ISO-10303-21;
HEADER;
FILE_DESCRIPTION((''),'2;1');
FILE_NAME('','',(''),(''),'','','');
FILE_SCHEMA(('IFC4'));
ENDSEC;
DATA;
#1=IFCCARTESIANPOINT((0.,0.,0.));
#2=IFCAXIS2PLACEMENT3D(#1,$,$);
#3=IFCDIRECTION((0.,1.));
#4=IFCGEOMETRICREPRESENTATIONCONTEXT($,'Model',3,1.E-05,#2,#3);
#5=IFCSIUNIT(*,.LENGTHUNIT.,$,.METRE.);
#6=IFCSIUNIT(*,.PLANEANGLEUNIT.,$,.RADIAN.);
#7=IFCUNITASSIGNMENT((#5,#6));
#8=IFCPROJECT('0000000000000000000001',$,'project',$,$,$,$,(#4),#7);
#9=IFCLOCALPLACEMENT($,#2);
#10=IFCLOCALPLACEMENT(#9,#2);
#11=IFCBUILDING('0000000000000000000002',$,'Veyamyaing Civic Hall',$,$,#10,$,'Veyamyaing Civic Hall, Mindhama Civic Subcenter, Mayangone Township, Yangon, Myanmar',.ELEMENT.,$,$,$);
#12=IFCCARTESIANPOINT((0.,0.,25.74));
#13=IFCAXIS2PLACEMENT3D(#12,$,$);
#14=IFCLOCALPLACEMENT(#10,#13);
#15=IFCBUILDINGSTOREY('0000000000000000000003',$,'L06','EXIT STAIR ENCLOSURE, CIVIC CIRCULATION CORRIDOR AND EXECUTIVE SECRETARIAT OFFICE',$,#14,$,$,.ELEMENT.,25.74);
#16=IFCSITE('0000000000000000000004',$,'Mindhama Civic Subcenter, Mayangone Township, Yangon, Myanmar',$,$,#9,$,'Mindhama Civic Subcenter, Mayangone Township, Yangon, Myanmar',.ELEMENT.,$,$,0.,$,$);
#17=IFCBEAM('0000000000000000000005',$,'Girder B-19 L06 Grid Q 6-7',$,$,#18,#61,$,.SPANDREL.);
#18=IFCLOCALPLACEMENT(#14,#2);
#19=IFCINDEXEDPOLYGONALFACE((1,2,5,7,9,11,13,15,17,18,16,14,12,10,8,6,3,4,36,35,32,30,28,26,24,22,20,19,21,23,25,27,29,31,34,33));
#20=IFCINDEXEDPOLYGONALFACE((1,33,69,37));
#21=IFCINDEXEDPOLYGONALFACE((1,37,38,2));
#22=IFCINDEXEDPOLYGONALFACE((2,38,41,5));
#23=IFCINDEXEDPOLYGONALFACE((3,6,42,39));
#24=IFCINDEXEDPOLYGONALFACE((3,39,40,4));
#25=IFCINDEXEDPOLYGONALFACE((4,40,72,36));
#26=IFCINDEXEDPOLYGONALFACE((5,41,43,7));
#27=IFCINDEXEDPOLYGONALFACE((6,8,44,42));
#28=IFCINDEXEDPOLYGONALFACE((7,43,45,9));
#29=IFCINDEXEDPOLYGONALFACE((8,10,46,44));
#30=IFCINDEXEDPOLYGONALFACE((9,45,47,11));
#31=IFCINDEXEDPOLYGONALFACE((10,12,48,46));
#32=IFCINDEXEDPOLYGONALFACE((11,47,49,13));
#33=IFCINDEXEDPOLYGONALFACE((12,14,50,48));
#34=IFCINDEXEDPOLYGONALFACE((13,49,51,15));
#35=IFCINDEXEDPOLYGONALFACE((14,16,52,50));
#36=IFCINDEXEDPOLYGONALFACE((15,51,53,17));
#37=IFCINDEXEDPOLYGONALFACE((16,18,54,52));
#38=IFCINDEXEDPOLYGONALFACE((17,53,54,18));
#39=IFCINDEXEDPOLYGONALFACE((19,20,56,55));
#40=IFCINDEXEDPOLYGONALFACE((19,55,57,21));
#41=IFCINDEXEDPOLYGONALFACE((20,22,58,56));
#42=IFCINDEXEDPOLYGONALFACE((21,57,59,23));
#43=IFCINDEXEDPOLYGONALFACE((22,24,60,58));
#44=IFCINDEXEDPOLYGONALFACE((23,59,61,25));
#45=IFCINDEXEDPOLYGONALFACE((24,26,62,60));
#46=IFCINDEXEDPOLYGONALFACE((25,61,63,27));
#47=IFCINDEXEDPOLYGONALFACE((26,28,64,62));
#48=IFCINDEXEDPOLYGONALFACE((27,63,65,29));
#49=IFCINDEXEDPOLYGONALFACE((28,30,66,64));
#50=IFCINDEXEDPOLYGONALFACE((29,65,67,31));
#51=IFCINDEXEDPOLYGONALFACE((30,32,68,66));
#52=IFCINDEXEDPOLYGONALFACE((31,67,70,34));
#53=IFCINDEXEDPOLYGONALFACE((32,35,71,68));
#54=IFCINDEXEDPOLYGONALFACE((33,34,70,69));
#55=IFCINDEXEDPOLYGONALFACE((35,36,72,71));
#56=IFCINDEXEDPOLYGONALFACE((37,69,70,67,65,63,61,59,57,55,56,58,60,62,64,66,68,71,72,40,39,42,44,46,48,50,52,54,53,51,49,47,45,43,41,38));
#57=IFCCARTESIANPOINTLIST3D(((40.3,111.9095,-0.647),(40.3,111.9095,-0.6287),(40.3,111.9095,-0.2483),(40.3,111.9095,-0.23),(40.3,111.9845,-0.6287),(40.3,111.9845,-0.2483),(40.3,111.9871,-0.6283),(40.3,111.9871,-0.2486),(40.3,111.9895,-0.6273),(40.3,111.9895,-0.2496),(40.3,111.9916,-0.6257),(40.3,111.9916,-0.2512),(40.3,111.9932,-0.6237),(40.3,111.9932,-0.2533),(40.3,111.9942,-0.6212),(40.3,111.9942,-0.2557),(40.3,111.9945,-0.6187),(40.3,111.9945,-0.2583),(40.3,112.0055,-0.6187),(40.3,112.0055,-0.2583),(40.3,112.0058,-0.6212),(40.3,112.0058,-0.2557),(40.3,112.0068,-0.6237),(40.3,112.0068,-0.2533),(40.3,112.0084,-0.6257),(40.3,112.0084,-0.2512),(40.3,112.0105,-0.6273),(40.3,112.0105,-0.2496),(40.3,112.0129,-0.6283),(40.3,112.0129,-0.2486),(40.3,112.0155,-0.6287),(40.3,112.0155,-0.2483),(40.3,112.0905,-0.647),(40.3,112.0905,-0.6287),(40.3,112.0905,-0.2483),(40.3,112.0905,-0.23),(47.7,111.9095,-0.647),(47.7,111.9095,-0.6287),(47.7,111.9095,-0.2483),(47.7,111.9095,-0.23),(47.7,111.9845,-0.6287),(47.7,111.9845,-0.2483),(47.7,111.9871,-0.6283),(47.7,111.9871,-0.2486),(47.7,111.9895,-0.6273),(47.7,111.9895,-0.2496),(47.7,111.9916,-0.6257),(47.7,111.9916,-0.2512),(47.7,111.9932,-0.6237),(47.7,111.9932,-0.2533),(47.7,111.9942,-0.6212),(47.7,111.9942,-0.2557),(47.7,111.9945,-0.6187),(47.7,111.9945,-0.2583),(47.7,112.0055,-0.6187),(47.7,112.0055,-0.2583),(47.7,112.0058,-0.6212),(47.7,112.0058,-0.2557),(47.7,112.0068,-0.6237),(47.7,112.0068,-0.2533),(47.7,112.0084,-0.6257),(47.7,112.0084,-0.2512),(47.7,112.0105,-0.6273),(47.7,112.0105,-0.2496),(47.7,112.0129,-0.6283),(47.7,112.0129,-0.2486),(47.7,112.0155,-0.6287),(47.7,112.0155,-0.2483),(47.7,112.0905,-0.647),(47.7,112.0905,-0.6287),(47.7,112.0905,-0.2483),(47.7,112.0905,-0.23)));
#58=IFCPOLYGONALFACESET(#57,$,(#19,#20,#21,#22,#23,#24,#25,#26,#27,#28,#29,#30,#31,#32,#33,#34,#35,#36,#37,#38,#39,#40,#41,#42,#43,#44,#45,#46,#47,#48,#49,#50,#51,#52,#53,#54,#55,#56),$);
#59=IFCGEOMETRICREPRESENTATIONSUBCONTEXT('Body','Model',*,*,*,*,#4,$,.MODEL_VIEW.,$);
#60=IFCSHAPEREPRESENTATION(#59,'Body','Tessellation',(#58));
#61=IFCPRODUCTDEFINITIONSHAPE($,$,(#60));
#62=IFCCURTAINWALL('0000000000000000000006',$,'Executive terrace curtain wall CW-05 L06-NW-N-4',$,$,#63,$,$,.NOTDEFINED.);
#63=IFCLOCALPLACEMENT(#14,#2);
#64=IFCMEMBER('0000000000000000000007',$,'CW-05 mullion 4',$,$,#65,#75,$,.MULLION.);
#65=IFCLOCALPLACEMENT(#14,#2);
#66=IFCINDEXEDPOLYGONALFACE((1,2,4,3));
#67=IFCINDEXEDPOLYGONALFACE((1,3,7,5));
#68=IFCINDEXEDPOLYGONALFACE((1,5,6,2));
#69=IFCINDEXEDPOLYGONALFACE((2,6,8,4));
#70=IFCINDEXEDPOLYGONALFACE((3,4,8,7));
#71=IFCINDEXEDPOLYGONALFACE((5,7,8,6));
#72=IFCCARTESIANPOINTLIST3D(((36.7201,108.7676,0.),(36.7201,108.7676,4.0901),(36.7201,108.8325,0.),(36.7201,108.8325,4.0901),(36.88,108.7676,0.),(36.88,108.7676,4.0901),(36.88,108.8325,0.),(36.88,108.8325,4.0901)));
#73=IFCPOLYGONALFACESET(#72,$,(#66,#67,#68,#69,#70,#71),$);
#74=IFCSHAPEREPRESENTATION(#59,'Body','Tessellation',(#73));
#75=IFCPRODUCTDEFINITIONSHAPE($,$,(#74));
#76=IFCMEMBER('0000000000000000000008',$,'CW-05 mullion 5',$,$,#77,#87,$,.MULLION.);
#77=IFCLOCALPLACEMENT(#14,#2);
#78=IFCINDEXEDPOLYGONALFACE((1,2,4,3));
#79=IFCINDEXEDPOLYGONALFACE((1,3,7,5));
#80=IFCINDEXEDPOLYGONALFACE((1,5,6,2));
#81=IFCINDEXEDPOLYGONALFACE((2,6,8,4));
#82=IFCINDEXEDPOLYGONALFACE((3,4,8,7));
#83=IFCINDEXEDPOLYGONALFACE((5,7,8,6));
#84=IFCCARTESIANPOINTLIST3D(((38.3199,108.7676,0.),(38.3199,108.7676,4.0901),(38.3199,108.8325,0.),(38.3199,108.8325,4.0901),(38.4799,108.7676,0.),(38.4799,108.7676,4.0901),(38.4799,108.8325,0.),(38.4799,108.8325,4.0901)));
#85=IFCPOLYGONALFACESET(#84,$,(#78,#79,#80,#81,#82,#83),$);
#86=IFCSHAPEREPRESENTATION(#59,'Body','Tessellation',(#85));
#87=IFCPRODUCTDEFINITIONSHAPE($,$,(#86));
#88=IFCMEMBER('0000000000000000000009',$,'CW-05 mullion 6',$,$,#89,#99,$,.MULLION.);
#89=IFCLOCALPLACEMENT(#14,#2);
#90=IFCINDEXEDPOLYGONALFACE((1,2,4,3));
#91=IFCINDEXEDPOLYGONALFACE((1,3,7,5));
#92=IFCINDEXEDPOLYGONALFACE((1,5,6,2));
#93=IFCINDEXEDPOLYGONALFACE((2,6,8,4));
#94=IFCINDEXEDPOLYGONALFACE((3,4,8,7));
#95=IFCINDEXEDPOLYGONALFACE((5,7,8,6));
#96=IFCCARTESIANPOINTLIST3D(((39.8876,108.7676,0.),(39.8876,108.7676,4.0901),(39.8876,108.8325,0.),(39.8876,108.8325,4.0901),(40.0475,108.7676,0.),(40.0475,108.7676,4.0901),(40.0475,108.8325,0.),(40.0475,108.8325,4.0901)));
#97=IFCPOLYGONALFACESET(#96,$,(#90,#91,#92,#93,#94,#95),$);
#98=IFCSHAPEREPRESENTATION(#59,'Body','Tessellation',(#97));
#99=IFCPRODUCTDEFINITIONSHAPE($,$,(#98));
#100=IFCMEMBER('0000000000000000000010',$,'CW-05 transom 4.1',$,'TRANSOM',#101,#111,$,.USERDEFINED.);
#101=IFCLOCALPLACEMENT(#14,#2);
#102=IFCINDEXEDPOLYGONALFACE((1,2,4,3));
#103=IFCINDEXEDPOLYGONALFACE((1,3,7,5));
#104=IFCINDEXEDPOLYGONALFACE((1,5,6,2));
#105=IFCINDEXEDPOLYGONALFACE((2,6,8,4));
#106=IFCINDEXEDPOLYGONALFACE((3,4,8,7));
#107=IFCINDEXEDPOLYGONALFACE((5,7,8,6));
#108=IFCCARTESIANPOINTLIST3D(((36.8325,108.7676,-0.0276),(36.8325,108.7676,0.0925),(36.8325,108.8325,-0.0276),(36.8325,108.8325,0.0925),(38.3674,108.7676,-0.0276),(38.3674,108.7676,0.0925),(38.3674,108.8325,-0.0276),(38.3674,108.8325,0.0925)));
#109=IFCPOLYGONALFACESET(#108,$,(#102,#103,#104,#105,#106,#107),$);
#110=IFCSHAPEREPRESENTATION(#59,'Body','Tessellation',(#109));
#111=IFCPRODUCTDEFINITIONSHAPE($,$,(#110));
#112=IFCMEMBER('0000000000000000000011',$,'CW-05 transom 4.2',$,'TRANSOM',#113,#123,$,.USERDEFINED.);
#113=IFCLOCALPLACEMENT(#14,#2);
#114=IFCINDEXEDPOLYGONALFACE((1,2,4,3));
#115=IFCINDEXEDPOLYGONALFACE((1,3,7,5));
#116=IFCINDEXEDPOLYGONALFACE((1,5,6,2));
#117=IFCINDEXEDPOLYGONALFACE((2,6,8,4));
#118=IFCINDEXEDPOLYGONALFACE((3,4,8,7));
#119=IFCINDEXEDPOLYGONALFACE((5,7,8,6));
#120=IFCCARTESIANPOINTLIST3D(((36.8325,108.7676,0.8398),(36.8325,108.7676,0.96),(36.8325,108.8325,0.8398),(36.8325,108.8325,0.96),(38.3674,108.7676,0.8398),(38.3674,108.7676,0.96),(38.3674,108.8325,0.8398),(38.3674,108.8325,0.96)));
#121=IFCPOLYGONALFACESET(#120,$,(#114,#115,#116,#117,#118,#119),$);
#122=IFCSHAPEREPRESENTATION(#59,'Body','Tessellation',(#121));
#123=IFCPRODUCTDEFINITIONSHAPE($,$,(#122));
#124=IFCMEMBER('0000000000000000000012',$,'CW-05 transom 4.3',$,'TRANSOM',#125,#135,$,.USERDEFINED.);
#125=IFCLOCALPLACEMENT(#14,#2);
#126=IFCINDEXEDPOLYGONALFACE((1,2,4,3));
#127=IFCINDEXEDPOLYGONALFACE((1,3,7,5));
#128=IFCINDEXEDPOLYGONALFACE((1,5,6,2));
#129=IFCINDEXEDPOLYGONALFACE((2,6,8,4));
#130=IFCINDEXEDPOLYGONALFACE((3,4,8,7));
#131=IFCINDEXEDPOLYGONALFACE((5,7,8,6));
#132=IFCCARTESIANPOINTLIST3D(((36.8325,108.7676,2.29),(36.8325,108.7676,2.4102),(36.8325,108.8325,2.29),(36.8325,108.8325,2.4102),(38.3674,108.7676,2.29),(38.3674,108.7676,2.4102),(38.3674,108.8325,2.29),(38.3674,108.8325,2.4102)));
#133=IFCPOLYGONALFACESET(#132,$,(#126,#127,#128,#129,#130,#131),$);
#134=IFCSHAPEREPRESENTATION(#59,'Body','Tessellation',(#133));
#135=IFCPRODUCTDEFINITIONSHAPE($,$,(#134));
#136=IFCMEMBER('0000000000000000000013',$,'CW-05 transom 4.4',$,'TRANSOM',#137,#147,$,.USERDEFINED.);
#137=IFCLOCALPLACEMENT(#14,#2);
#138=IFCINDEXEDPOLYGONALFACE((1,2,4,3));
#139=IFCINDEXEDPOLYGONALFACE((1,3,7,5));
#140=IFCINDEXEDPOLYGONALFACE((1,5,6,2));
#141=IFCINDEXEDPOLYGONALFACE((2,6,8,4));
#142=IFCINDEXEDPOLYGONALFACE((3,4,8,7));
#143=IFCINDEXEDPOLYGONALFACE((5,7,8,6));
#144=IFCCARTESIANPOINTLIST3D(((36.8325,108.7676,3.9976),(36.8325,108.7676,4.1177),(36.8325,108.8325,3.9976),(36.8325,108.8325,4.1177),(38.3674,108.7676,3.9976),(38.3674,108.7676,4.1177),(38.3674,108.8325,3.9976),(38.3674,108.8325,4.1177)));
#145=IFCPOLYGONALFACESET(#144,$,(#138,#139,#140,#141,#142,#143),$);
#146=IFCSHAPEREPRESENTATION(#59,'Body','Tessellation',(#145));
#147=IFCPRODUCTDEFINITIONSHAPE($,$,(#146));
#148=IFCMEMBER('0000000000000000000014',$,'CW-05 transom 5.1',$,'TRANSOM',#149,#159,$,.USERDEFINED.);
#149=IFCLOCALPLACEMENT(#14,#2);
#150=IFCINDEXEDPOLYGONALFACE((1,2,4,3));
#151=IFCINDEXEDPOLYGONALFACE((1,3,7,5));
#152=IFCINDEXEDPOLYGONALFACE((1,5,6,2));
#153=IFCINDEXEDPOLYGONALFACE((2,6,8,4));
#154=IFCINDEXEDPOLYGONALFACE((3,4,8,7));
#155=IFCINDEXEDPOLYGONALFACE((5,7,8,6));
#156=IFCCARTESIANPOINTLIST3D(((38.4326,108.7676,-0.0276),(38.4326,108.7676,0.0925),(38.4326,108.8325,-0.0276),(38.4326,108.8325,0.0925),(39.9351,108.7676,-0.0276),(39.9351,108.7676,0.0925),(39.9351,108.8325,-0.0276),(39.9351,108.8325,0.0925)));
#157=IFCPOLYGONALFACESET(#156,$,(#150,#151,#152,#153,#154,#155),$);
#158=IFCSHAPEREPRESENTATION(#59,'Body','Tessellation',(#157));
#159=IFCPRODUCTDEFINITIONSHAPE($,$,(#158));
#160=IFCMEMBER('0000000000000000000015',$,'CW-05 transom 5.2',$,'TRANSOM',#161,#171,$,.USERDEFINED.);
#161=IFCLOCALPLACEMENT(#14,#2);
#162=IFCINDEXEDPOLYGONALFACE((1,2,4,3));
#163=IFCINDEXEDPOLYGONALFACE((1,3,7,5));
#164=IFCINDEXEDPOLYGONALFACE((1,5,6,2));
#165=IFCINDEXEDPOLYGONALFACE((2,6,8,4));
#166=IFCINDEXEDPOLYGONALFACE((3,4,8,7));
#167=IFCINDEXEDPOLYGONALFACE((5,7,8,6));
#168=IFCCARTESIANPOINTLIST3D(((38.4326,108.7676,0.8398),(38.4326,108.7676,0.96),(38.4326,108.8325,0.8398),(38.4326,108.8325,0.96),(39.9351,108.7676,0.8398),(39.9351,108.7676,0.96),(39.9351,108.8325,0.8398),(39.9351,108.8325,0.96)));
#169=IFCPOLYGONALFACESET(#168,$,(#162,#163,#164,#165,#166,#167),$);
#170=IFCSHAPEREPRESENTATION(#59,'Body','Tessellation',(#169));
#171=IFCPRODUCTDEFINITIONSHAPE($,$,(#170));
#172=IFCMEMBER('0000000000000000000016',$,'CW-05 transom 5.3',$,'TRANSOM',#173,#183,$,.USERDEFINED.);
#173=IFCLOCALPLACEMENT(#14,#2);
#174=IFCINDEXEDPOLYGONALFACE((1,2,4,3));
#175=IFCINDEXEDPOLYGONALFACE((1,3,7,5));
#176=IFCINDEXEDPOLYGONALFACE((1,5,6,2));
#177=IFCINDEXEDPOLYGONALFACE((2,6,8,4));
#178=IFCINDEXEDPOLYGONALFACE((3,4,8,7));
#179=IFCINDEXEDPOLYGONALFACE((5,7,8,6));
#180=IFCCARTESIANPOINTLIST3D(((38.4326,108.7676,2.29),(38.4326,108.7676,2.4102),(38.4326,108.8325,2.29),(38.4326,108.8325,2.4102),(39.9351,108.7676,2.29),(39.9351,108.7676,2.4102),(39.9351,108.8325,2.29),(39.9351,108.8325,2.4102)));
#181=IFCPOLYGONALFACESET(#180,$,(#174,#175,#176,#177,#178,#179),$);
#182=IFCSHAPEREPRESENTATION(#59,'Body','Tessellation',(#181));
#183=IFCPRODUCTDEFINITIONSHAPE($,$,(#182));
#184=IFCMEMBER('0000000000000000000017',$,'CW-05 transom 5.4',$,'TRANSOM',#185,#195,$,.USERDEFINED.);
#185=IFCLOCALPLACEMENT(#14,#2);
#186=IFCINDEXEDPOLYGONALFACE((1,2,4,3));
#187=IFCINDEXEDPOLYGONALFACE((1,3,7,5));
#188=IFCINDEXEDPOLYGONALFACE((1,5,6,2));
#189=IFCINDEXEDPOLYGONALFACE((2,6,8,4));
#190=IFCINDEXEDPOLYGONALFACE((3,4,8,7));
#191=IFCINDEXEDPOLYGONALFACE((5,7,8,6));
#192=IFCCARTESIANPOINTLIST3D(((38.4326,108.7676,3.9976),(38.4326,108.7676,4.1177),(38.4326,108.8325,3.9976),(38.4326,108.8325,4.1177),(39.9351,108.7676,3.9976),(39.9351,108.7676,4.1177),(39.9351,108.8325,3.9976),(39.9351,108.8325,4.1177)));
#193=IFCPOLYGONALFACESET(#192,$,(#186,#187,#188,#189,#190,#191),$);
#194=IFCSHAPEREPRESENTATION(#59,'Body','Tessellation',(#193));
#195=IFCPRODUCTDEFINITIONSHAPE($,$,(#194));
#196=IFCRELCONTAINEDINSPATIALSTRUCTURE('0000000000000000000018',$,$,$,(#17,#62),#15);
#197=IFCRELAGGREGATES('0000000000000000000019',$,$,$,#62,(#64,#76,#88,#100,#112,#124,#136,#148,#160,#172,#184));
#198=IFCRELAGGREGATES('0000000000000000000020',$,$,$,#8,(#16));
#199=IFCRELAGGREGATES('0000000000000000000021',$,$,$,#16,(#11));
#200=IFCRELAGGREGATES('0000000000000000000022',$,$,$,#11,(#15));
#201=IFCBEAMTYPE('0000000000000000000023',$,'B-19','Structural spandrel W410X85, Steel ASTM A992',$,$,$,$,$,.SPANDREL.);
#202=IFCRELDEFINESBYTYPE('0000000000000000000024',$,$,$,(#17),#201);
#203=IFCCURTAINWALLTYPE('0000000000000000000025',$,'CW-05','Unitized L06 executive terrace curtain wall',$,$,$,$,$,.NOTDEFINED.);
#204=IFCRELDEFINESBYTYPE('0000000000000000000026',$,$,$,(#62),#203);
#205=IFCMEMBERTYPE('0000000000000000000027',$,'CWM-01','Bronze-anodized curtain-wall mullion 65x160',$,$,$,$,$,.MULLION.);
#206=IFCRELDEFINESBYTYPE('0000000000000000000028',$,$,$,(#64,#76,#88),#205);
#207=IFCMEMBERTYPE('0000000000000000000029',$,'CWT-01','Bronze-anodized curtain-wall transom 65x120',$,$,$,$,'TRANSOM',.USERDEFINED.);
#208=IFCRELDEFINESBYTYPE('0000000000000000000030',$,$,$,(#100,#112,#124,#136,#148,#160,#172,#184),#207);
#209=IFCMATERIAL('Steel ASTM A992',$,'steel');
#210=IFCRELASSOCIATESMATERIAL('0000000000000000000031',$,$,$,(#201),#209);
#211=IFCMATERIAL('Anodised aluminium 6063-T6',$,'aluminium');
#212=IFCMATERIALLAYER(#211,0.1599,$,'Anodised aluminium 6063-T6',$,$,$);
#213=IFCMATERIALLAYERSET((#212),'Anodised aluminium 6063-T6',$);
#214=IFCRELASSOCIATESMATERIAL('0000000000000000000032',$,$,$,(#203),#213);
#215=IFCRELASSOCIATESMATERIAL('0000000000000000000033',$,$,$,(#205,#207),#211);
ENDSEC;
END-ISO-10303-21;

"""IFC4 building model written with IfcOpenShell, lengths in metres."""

from ifc_helpers import new_model, si_unit, direction, frame, origin, origin_2d, place, context, subcontext, project, spatial, rectangle, i_section, extrude, material, layer, layer_set, material_profile, profile_set, type_object, element, aggregate, save


model = new_model("IFC4")

# Units and contexts
model_context = context("Model", 3, precision=1e-05, world=origin(), true_north=direction((0.0, 1.0)))
body_context = subcontext(model_context, "Body", "Model", "MODEL_VIEW")
ifc_project = project(units=[si_unit("LENGTHUNIT", "METRE"), si_unit("PLANEANGLEUNIT", "RADIAN")], contexts=[model_context])

# Site, building, storey
site_placement = place(None, origin())
site = spatial("IfcSite", under=ifc_project, at=site_placement, Name="Mindhama Civic Subcenter, Mayangone Township, Yangon, Myanmar", LongName="Mindhama Civic Subcenter, Mayangone Township, Yangon, Myanmar", CompositionType="ELEMENT", RefElevation=0.0)
building_placement = place(site_placement, origin())
building = spatial("IfcBuilding", under=site, at=building_placement, Name="Veyamyaing Civic Hall", LongName="Veyamyaing Civic Hall, Mindhama Civic Subcenter, Mayangone Township, Yangon, Myanmar", CompositionType="ELEMENT")
storey_placement = place(building_placement, frame((0.0, 0.0, 25.74)))
storey = spatial("IfcBuildingStorey", under=building, at=storey_placement, Name="L06", Description="EXIT STAIR ENCLOSURE, CIVIC CIRCULATION CORRIDOR AND EXECUTIVE SECRETARIAT OFFICE", CompositionType="ELEMENT", Elevation=25.74)

# Beam
ifc_material_1 = material(Name="Steel ASTM A992", Category="steel")
ifc_material_profile_1 = material_profile(ifc_material_1, i_section(OverallWidth=0.1809, OverallDepth=0.417, WebThickness=0.011, FlangeThickness=0.0183, FilletRadius=0.01, at=origin_2d()), Name="W410X85")
ifc_profile_set_1 = profile_set([ifc_material_profile_1], Name="Steel ASTM A992")
beam_type_1 = type_object("IfcBeamType", Name="B-19", Description="Structural spandrel W410X85, Steel ASTM A992", PredefinedType="SPANDREL", material=ifc_profile_set_1)
beam_1_placement = place(storey_placement, frame((40.3, 112.0, -0.4385), z_axis=(1.0, 0.0, 0.0), x_axis=(0.0, 1.0, 0.0)))
element("IfcBeam", 1, at=beam_1_placement, inside=storey, type_object=beam_type_1, Name="Girder B-19 L06 Grid Q 6-7", PredefinedType="SPANDREL", context=body_context, shape_type="SweptSolid", body=[
    extrude(i_section(OverallWidth=0.1809, OverallDepth=0.417, WebThickness=0.011, FlangeThickness=0.0183, FilletRadius=0.01, at=origin_2d()), origin(), (0.0, 0.0, 1.0), 7.3999),
])

# Curtain wall, members
ifc_material_2 = material(Name="Anodised aluminium 6063-T6", Category="aluminium")
ifc_layer_1 = layer(ifc_material_2, 0.1599, Name="Anodised aluminium 6063-T6")
ifc_layer_set_1 = layer_set([ifc_layer_1], Name="Anodised aluminium 6063-T6")
curtain_wall_type = type_object("IfcCurtainWallType", Name="CW-05", Description="Unitized L06 executive terrace curtain wall", PredefinedType="NOTDEFINED", material=ifc_layer_set_1)
curtain_wall_placement = place(storey_placement, origin())
curtain_wall = element("IfcCurtainWall", 2, at=curtain_wall_placement, inside=storey, type_object=curtain_wall_type, Name="Executive terrace curtain wall CW-05 L06-NW-N-4", PredefinedType="NOTDEFINED")
ifc_material_profile_2 = material_profile(ifc_material_2, rectangle(XDim=0.0649, YDim=0.1599, at=origin_2d()), Name="ALU-MUL-65X160")
ifc_profile_set_2 = profile_set([ifc_material_profile_2], Name="Anodised aluminium 6063-T6")
member_type_1 = type_object("IfcMemberType", Name="CWM-01", Description="Bronze-anodized curtain-wall mullion 65x160", PredefinedType="MULLION", material=ifc_profile_set_2)
member_1_placement = place(storey_placement, frame((36.8, 108.8, 0.0), z_axis=(0.0, 0.0, 1.0), x_axis=(0.0, 1.0, 0.0)))
member_1 = element("IfcMember", 3, at=member_1_placement, type_object=member_type_1, Name="CW-05 mullion 4", PredefinedType="MULLION", context=body_context, shape_type="SweptSolid", body=[
    extrude(rectangle(XDim=0.0649, YDim=0.1599, at=origin_2d()), origin(), (0.0, 0.0, 1.0), 4.0901),
])
member_2_placement = place(storey_placement, frame((38.3999, 108.8, 0.0), z_axis=(0.0, 0.0, 1.0), x_axis=(0.0, 1.0, 0.0)))
member_2 = element("IfcMember", 4, at=member_2_placement, type_object=member_type_1, Name="CW-05 mullion 5", PredefinedType="MULLION", context=body_context, shape_type="SweptSolid", body=[
    extrude(rectangle(XDim=0.0649, YDim=0.1599, at=origin_2d()), origin(), (0.0, 0.0, 1.0), 4.0901),
])
member_3_placement = place(storey_placement, frame((39.9675, 108.8, 0.0), z_axis=(0.0, 0.0, 1.0), x_axis=(0.0, 1.0, 0.0)))
member_3 = element("IfcMember", 5, at=member_3_placement, type_object=member_type_1, Name="CW-05 mullion 6", PredefinedType="MULLION", context=body_context, shape_type="SweptSolid", body=[
    extrude(rectangle(XDim=0.0649, YDim=0.1599, at=origin_2d()), origin(), (0.0, 0.0, 1.0), 4.0901),
])
ifc_material_profile_3 = material_profile(ifc_material_2, rectangle(XDim=0.0649, YDim=0.1201, at=origin_2d()), Name="ALU-TRN-65X120")
ifc_profile_set_3 = profile_set([ifc_material_profile_3], Name="Anodised aluminium 6063-T6")
member_type_2 = type_object("IfcMemberType", Name="CWT-01", Description="Bronze-anodized curtain-wall transom 65x120", ElementType="TRANSOM", PredefinedType="USERDEFINED", material=ifc_profile_set_3)
member_4_placement = place(storey_placement, frame((36.8325, 108.8, 0.0325), z_axis=(1.0, 0.0, 0.0), x_axis=(0.0, 1.0, 0.0)))
member_4 = element("IfcMember", 6, at=member_4_placement, type_object=member_type_2, Name="CW-05 transom 4.1", ObjectType="TRANSOM", PredefinedType="USERDEFINED", context=body_context, shape_type="SweptSolid", body=[
    extrude(rectangle(XDim=0.0649, YDim=0.1201, at=origin_2d()), origin(), (0.0, 0.0, 1.0), 1.5349),
])
member_5_placement = place(storey_placement, frame((36.8325, 108.8, 0.8999), z_axis=(1.0, 0.0, 0.0), x_axis=(0.0, 1.0, 0.0)))
member_5 = element("IfcMember", 7, at=member_5_placement, type_object=member_type_2, Name="CW-05 transom 4.2", ObjectType="TRANSOM", PredefinedType="USERDEFINED", context=body_context, shape_type="SweptSolid", body=[
    extrude(rectangle(XDim=0.0649, YDim=0.1201, at=origin_2d()), origin(), (0.0, 0.0, 1.0), 1.5349),
])
member_6_placement = place(storey_placement, frame((36.8325, 108.8, 2.3501), z_axis=(1.0, 0.0, 0.0), x_axis=(0.0, 1.0, 0.0)))
member_6 = element("IfcMember", 8, at=member_6_placement, type_object=member_type_2, Name="CW-05 transom 4.3", ObjectType="TRANSOM", PredefinedType="USERDEFINED", context=body_context, shape_type="SweptSolid", body=[
    extrude(rectangle(XDim=0.0649, YDim=0.1201, at=origin_2d()), origin(), (0.0, 0.0, 1.0), 1.5349),
])
member_7_placement = place(storey_placement, frame((36.8325, 108.8, 4.0576), z_axis=(1.0, 0.0, 0.0), x_axis=(0.0, 1.0, 0.0)))
member_7 = element("IfcMember", 9, at=member_7_placement, type_object=member_type_2, Name="CW-05 transom 4.4", ObjectType="TRANSOM", PredefinedType="USERDEFINED", context=body_context, shape_type="SweptSolid", body=[
    extrude(rectangle(XDim=0.0649, YDim=0.1201, at=origin_2d()), origin(), (0.0, 0.0, 1.0), 1.5349),
])
member_8_placement = place(storey_placement, frame((38.4326, 108.8, 0.0325), z_axis=(1.0, 0.0, 0.0), x_axis=(0.0, 1.0, 0.0)))
member_8 = element("IfcMember", 10, at=member_8_placement, type_object=member_type_2, Name="CW-05 transom 5.1", ObjectType="TRANSOM", PredefinedType="USERDEFINED", context=body_context, shape_type="SweptSolid", body=[
    extrude(rectangle(XDim=0.0649, YDim=0.1201, at=origin_2d()), origin(), (0.0, 0.0, 1.0), 1.5024),
])
member_9_placement = place(storey_placement, frame((38.4326, 108.8, 0.8999), z_axis=(1.0, 0.0, 0.0), x_axis=(0.0, 1.0, 0.0)))
member_9 = element("IfcMember", 11, at=member_9_placement, type_object=member_type_2, Name="CW-05 transom 5.2", ObjectType="TRANSOM", PredefinedType="USERDEFINED", context=body_context, shape_type="SweptSolid", body=[
    extrude(rectangle(XDim=0.0649, YDim=0.1201, at=origin_2d()), origin(), (0.0, 0.0, 1.0), 1.5024),
])
member_10_placement = place(storey_placement, frame((38.4326, 108.8, 2.3501), z_axis=(1.0, 0.0, 0.0), x_axis=(0.0, 1.0, 0.0)))
member_10 = element("IfcMember", 12, at=member_10_placement, type_object=member_type_2, Name="CW-05 transom 5.3", ObjectType="TRANSOM", PredefinedType="USERDEFINED", context=body_context, shape_type="SweptSolid", body=[
    extrude(rectangle(XDim=0.0649, YDim=0.1201, at=origin_2d()), origin(), (0.0, 0.0, 1.0), 1.5024),
])
member_11_placement = place(storey_placement, frame((38.4326, 108.8, 4.0576), z_axis=(1.0, 0.0, 0.0), x_axis=(0.0, 1.0, 0.0)))
member_11 = element("IfcMember", 13, at=member_11_placement, type_object=member_type_2, Name="CW-05 transom 5.4", ObjectType="TRANSOM", PredefinedType="USERDEFINED", context=body_context, shape_type="SweptSolid", body=[
    extrude(rectangle(XDim=0.0649, YDim=0.1201, at=origin_2d()), origin(), (0.0, 0.0, 1.0), 1.5024),
])

aggregate(curtain_wall, [member_1, member_2, member_3, member_4, member_5, member_6, member_7, member_8, member_9, member_10, member_11])

save(model, "model.ifc")
